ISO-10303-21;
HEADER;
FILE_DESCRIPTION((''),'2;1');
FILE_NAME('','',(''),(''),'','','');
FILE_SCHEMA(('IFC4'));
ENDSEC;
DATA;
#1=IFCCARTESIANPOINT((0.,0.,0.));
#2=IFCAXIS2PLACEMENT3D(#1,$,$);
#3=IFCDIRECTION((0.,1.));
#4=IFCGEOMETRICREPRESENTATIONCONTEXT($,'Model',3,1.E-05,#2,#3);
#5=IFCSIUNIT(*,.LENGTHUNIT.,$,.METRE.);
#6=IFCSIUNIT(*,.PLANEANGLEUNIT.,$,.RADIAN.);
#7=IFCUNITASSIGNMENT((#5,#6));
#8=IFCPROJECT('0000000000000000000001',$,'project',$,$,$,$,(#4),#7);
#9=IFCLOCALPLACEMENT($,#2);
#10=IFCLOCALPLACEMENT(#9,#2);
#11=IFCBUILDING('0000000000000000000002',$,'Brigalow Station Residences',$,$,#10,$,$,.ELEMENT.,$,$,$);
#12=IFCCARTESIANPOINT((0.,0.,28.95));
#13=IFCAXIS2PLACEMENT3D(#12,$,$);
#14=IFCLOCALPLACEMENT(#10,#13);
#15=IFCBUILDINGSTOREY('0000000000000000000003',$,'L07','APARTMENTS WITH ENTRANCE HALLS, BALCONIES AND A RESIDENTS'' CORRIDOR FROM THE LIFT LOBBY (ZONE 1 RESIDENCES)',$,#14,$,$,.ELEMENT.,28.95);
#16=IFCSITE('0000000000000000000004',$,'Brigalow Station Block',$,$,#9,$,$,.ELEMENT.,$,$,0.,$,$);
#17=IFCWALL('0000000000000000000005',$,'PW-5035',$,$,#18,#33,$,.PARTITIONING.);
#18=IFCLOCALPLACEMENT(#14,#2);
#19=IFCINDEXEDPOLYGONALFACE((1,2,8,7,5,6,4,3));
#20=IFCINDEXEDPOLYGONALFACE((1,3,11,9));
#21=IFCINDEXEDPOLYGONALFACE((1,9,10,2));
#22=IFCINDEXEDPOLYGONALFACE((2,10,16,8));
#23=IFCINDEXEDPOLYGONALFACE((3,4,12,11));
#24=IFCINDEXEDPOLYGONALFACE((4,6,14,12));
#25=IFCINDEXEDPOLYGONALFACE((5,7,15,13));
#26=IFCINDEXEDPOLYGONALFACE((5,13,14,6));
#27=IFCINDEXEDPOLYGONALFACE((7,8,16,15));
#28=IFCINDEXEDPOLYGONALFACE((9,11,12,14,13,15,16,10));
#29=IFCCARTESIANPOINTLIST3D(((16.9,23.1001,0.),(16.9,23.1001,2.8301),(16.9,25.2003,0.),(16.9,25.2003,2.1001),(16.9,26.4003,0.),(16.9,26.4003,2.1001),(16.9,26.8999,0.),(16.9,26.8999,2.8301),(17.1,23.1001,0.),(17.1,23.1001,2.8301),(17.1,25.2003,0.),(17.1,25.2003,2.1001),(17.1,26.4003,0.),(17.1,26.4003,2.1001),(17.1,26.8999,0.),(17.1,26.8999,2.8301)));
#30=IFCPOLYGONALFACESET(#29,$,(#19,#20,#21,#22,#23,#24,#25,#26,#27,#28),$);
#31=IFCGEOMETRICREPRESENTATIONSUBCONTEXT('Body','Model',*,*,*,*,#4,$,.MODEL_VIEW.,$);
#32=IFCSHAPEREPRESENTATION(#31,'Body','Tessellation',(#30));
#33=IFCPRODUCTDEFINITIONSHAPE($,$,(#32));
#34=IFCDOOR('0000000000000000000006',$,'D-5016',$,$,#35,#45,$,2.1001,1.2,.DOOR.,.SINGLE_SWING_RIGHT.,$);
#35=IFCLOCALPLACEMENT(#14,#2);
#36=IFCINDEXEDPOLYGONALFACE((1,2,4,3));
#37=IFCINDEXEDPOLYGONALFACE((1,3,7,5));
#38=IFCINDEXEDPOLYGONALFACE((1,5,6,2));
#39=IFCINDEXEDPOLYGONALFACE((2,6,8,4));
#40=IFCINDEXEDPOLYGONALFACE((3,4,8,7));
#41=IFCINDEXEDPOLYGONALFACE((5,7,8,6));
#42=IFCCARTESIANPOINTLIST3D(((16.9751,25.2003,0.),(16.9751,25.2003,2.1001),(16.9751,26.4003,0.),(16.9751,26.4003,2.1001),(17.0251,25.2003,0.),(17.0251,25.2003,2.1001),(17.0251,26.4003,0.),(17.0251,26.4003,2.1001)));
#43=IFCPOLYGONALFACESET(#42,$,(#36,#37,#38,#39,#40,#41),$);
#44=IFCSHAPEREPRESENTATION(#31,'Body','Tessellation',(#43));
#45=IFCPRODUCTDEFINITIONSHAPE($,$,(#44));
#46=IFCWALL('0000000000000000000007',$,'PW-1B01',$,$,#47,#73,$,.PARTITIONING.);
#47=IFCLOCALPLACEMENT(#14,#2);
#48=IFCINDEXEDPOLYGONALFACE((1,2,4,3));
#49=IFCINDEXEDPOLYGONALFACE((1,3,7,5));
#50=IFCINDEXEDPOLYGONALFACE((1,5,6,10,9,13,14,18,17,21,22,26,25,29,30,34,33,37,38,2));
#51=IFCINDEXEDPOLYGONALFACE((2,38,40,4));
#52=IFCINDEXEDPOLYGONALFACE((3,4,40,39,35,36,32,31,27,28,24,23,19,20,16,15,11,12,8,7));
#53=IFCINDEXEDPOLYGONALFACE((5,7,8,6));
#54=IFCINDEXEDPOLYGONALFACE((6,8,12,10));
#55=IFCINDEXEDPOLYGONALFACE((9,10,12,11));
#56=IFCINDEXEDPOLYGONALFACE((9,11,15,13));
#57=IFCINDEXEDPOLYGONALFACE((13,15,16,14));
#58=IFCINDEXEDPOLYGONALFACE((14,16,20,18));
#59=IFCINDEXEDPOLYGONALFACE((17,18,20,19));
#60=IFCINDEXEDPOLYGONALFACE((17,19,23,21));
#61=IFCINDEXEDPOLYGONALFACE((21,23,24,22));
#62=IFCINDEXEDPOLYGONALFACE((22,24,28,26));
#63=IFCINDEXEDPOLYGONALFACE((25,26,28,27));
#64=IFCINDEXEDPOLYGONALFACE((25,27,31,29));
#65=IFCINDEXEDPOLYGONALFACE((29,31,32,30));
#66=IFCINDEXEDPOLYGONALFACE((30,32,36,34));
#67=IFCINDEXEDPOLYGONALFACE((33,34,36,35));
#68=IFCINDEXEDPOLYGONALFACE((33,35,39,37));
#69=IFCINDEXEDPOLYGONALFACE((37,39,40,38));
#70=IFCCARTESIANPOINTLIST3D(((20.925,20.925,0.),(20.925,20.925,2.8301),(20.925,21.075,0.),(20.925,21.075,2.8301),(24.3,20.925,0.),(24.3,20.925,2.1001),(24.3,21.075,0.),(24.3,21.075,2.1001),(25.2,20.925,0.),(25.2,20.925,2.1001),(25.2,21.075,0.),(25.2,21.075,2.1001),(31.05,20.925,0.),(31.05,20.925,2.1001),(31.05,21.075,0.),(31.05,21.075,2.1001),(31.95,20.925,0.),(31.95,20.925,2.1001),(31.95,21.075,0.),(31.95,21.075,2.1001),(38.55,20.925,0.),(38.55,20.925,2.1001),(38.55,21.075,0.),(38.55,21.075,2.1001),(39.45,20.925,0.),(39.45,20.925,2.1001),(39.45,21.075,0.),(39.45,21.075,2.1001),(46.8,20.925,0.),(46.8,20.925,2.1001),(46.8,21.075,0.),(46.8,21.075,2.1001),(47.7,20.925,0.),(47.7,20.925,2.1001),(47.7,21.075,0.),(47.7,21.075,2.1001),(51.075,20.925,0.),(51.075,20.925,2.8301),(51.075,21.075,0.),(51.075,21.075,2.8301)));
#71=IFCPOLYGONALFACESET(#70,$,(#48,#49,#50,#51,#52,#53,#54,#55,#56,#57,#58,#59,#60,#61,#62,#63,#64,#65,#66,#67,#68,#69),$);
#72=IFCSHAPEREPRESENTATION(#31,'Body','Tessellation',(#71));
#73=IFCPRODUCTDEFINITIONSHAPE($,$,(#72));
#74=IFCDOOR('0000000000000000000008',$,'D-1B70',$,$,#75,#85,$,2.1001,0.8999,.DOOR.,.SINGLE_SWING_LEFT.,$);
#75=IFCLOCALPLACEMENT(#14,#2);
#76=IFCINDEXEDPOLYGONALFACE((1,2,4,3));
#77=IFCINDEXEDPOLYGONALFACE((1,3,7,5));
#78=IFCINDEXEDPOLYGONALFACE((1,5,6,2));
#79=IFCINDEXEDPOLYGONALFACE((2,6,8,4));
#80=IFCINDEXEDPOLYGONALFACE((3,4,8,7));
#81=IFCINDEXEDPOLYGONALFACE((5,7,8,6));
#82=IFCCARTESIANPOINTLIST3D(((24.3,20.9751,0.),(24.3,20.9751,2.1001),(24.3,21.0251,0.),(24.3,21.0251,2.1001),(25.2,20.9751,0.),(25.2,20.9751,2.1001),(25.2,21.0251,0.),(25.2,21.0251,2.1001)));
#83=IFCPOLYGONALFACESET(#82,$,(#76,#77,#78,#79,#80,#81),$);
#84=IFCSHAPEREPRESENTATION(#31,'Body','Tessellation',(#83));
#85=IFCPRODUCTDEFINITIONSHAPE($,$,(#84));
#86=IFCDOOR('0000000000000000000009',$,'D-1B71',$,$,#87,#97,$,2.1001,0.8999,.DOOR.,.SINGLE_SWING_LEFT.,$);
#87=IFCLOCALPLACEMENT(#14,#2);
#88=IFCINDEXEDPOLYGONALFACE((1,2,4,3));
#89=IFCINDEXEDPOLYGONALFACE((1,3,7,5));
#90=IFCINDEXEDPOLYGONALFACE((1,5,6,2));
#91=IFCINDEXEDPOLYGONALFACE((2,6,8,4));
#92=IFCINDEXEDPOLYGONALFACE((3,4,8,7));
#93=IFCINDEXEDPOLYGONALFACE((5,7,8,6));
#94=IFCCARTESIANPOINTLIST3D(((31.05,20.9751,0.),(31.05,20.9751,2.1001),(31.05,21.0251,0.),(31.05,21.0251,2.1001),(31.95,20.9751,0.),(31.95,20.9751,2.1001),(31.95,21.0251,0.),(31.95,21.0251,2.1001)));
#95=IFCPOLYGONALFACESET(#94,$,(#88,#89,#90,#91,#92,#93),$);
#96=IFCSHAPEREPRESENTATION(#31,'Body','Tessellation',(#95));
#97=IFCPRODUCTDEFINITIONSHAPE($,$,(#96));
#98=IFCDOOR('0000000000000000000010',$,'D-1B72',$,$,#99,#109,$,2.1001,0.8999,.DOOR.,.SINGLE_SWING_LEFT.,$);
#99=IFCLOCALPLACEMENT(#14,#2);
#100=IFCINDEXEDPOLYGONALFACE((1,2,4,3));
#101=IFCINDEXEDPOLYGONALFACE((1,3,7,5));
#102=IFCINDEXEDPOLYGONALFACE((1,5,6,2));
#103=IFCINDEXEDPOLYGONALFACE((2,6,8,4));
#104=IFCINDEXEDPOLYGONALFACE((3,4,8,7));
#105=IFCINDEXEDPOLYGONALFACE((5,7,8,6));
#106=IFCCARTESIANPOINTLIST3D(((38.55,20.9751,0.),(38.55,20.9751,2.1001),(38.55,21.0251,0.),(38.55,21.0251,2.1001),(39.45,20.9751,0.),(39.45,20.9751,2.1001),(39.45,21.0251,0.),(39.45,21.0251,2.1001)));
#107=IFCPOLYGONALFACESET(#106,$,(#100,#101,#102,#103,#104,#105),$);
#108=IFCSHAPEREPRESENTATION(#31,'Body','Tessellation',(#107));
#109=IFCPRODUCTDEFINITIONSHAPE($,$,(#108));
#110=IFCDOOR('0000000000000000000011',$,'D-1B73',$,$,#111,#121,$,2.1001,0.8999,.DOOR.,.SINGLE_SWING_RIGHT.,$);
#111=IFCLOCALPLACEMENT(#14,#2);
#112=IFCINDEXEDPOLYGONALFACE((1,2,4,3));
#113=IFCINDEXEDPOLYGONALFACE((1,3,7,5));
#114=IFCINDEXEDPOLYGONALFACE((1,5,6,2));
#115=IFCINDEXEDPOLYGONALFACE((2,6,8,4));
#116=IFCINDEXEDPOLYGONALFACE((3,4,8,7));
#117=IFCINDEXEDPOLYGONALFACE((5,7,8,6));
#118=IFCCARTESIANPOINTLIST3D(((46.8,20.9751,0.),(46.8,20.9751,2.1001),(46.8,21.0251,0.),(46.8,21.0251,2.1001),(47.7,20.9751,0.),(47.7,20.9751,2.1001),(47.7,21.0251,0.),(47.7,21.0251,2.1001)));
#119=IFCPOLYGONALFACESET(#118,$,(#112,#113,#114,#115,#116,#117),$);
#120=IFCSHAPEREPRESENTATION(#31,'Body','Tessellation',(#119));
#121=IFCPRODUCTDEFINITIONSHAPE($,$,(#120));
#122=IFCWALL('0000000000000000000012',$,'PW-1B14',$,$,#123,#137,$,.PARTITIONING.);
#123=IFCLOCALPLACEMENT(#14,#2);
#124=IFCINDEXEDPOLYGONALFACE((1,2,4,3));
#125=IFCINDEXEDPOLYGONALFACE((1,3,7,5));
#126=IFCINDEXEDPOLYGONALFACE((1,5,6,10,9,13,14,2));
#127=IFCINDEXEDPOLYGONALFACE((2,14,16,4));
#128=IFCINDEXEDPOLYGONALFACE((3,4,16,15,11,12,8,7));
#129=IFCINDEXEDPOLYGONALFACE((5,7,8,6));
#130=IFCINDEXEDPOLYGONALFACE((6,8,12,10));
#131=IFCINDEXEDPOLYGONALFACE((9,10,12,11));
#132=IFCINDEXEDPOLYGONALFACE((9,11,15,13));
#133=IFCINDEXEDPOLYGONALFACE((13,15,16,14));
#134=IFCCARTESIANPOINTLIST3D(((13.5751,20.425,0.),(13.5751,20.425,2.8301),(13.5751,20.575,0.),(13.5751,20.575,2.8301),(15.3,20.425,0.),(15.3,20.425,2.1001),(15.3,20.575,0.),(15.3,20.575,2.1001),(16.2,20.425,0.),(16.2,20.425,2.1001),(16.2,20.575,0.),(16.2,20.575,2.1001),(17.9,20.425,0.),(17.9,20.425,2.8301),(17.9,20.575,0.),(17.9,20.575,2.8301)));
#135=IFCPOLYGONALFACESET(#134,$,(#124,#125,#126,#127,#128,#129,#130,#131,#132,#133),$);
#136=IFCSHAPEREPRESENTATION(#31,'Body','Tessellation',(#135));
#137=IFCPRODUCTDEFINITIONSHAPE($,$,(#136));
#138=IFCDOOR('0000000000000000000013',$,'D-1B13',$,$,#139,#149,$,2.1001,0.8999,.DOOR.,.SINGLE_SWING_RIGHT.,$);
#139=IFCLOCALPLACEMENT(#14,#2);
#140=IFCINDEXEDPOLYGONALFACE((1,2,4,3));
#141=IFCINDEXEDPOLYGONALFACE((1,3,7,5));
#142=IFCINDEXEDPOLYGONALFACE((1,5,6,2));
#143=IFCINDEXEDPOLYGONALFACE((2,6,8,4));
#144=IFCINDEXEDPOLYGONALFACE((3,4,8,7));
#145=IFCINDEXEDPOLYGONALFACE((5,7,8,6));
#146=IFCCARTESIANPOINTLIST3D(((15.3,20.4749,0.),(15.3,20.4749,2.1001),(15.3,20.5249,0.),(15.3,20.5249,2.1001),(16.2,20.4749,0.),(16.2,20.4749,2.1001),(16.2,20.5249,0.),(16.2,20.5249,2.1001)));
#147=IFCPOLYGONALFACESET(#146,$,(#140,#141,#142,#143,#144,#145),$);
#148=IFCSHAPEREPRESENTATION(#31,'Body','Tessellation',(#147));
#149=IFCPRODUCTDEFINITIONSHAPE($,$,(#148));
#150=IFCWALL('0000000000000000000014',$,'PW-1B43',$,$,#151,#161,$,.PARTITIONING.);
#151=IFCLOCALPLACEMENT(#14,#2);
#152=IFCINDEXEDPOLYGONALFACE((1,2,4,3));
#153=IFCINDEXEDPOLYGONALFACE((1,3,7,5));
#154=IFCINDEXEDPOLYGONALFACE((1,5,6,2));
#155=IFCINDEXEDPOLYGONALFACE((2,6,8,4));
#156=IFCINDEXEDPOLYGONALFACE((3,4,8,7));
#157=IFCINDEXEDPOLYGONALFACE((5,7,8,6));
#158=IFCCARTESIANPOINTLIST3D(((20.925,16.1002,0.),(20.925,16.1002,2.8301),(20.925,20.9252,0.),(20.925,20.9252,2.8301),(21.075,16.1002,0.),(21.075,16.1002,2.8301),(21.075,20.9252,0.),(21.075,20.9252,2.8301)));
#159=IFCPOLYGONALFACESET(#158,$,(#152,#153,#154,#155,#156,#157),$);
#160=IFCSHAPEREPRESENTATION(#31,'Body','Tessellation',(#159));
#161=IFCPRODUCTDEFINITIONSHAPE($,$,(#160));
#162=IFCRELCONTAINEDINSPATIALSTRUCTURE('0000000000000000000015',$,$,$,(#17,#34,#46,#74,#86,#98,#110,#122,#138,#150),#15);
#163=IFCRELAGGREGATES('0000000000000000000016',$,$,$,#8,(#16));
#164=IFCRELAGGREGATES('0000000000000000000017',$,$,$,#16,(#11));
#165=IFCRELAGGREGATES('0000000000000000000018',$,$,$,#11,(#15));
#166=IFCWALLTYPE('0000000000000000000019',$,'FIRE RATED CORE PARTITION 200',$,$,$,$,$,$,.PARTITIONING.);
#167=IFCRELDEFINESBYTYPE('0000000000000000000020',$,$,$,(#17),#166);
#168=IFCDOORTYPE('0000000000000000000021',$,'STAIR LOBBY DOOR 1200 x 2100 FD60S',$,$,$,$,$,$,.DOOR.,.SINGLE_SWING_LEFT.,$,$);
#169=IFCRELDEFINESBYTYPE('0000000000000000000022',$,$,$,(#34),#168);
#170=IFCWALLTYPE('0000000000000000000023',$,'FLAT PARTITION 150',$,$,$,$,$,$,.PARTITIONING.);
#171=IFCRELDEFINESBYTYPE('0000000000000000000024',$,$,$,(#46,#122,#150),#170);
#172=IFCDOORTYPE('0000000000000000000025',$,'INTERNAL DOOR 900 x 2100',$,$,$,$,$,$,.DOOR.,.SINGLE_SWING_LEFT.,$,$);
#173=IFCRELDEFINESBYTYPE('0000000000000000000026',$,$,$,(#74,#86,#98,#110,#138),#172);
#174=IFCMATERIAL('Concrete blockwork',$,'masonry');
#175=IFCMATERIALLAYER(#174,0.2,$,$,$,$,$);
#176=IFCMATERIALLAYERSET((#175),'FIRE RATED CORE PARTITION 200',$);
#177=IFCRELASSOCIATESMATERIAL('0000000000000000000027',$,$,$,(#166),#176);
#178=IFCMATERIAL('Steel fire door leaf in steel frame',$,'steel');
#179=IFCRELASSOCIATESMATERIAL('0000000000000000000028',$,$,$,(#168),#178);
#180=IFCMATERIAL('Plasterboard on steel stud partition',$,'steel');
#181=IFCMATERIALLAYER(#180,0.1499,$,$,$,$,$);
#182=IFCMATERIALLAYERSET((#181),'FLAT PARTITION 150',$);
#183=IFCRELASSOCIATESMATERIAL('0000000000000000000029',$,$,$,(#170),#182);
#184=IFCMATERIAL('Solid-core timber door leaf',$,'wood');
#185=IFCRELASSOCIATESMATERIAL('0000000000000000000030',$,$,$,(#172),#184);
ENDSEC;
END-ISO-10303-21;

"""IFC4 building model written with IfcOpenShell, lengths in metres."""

from ifc_helpers import new_model, si_unit, direction, frame, frame_2d, origin, place, context, subcontext, project, spatial, rectangle, extrude, material, layer, layer_set, type_object, element, fill, save


model = new_model("IFC4")

# Units and contexts
model_context = context("Model", 3, precision=1e-05, world=origin(), true_north=direction((0.0, 1.0)))
body_context = subcontext(model_context, "Body", "Model", "MODEL_VIEW")
ifc_project = project(units=[si_unit("LENGTHUNIT", "METRE"), si_unit("PLANEANGLEUNIT", "RADIAN")], contexts=[model_context])

# Site, building, storey
site_placement = place(None, origin())
site = spatial("IfcSite", under=ifc_project, at=site_placement, Name="Brigalow Station Block", CompositionType="ELEMENT", RefElevation=0.0)
building_placement = place(site_placement, origin())
building = spatial("IfcBuilding", under=site, at=building_placement, Name="Brigalow Station Residences", CompositionType="ELEMENT")
storey_placement = place(building_placement, frame((0.0, 0.0, 28.95)))
storey = spatial("IfcBuildingStorey", under=building, at=storey_placement, Name="L07", Description="APARTMENTS WITH ENTRANCE HALLS, BALCONIES AND A RESIDENTS' CORRIDOR FROM THE LIFT LOBBY (ZONE 1 RESIDENCES)", CompositionType="ELEMENT", Elevation=28.95)

# Wall, opening, door
ifc_material_1 = material(Name="Concrete blockwork", Category="masonry")
ifc_layer_1 = layer(ifc_material_1, 0.2)
ifc_layer_set_1 = layer_set([ifc_layer_1], Name="FIRE RATED CORE PARTITION 200")
wall_type_1 = type_object("IfcWallType", Name="FIRE RATED CORE PARTITION 200", PredefinedType="PARTITIONING", material=ifc_layer_set_1)
wall_1_placement = place(storey_placement, frame((17.0, 23.1001, 0.0), z_axis=(0.0, 0.0, 1.0), x_axis=(0.0, 1.0, 0.0)))
wall_1 = element("IfcWall", 1, at=wall_1_placement, inside=storey, type_object=wall_type_1, Name="PW-5035", PredefinedType="PARTITIONING", context=body_context, shape_type="SweptSolid", body=[
    extrude(rectangle(XDim=3.7998, YDim=0.2, at=frame_2d((1.8999, 0.0))), origin(), (0.0, 0.0, 1.0), 2.8301),
])
opening_1_placement = place(wall_1_placement, frame((2.1001, 0.0, 0.0)))
opening_1 = element("IfcOpeningElement", 2, at=opening_1_placement, cuts=wall_1, PredefinedType="OPENING", context=body_context, shape_type="SweptSolid", body=[
    extrude(rectangle(XDim=1.2, YDim=2.1001, at=frame_2d((0.6001, 1.05))), frame((0.0, 0.1099, 0.0), z_axis=(0.0, -1.0, 0.0), x_axis=(1.0, 0.0, 0.0)), (0.0, 0.0, 1.0), 0.22),
])
ifc_material_2 = material(Name="Steel fire door leaf in steel frame", Category="steel")
door_type_1 = type_object("IfcDoorType", Name="STAIR LOBBY DOOR 1200 x 2100 FD60S", OperationType="SINGLE_SWING_LEFT", PredefinedType="DOOR", material=ifc_material_2)
door_1_placement = place(opening_1_placement, origin())
door_1 = element("IfcDoor", 3, at=door_1_placement, inside=storey, type_object=door_type_1, Name="D-5016", OperationType="SINGLE_SWING_RIGHT", OverallHeight=2.1001, OverallWidth=1.2, PredefinedType="DOOR", context=body_context, shape_type="SweptSolid", body=[
    extrude(rectangle(XDim=1.2, YDim=2.1001, at=frame_2d((0.6001, 1.05))), frame((0.0, 0.0249, 0.0), z_axis=(0.0, -1.0, 0.0), x_axis=(1.0, 0.0, 0.0)), (0.0, 0.0, 1.0), 0.05),
])
fill(opening_1, door_1)

# Wall, openings, doors
ifc_material_3 = material(Name="Plasterboard on steel stud partition", Category="steel")
ifc_layer_2 = layer(ifc_material_3, 0.1499)
ifc_layer_set_2 = layer_set([ifc_layer_2], Name="FLAT PARTITION 150")
wall_type_2 = type_object("IfcWallType", Name="FLAT PARTITION 150", PredefinedType="PARTITIONING", material=ifc_layer_set_2)
wall_2_placement = place(storey_placement, frame((20.925, 21.0, 0.0), z_axis=(0.0, 0.0, 1.0), x_axis=(1.0, 0.0, 0.0)))
wall_2 = element("IfcWall", 4, at=wall_2_placement, inside=storey, type_object=wall_type_2, Name="PW-1B01", PredefinedType="PARTITIONING", context=body_context, shape_type="SweptSolid", body=[
    extrude(rectangle(XDim=30.1499, YDim=0.1499, at=frame_2d((15.075, 0.0))), origin(), (0.0, 0.0, 1.0), 2.8301),
])
opening_2_placement = place(wall_2_placement, frame((3.375, 0.0, 0.0)))
opening_2 = element("IfcOpeningElement", 5, at=opening_2_placement, cuts=wall_2, PredefinedType="OPENING", context=body_context, shape_type="SweptSolid", body=[
    extrude(rectangle(XDim=0.8999, YDim=2.1001, at=frame_2d((0.45, 1.05))), frame((0.0, 0.085, 0.0), z_axis=(0.0, -1.0, 0.0), x_axis=(1.0, 0.0, 0.0)), (0.0, 0.0, 1.0), 0.1699),
])
opening_3_placement = place(wall_2_placement, frame((10.125, 0.0, 0.0)))
opening_3 = element("IfcOpeningElement", 6, at=opening_3_placement, cuts=wall_2, PredefinedType="OPENING", context=body_context, shape_type="SweptSolid", body=[
    extrude(rectangle(XDim=0.8999, YDim=2.1001, at=frame_2d((0.45, 1.05))), frame((0.0, 0.085, 0.0), z_axis=(0.0, -1.0, 0.0), x_axis=(1.0, 0.0, 0.0)), (0.0, 0.0, 1.0), 0.1699),
])
opening_4_placement = place(wall_2_placement, frame((17.625, 0.0, 0.0)))
opening_4 = element("IfcOpeningElement", 7, at=opening_4_placement, cuts=wall_2, PredefinedType="OPENING", context=body_context, shape_type="SweptSolid", body=[
    extrude(rectangle(XDim=0.8999, YDim=2.1001, at=frame_2d((0.45, 1.05))), frame((0.0, 0.085, 0.0), z_axis=(0.0, -1.0, 0.0), x_axis=(1.0, 0.0, 0.0)), (0.0, 0.0, 1.0), 0.1699),
])
opening_5_placement = place(wall_2_placement, frame((25.875, 0.0, 0.0)))
opening_5 = element("IfcOpeningElement", 8, at=opening_5_placement, cuts=wall_2, PredefinedType="OPENING", context=body_context, shape_type="SweptSolid", body=[
    extrude(rectangle(XDim=0.8999, YDim=2.1001, at=frame_2d((0.45, 1.05))), frame((0.0, 0.085, 0.0), z_axis=(0.0, -1.0, 0.0), x_axis=(1.0, 0.0, 0.0)), (0.0, 0.0, 1.0), 0.1699),
])
ifc_material_4 = material(Name="Solid-core timber door leaf", Category="wood")
door_type_2 = type_object("IfcDoorType", Name="INTERNAL DOOR 900 x 2100", OperationType="SINGLE_SWING_LEFT", PredefinedType="DOOR", material=ifc_material_4)
door_2_placement = place(opening_2_placement, frame((0.8999, 0.0, 0.0), z_axis=(0.0, 0.0, 1.0), x_axis=(-1.0, 0.0, 0.0)))
door_2 = element("IfcDoor", 9, at=door_2_placement, inside=storey, type_object=door_type_2, Name="D-1B70", OperationType="SINGLE_SWING_LEFT", OverallHeight=2.1001, OverallWidth=0.8999, PredefinedType="DOOR", context=body_context, shape_type="SweptSolid", body=[
    extrude(rectangle(XDim=0.8999, YDim=2.1001, at=frame_2d((0.45, 1.05))), frame((0.0, 0.0249, 0.0), z_axis=(0.0, -1.0, 0.0), x_axis=(1.0, 0.0, 0.0)), (0.0, 0.0, 1.0), 0.05),
])
fill(opening_2, door_2)
door_3_placement = place(opening_3_placement, frame((0.8999, 0.0, 0.0), z_axis=(0.0, 0.0, 1.0), x_axis=(-1.0, 0.0, 0.0)))
door_3 = element("IfcDoor", 10, at=door_3_placement, inside=storey, type_object=door_type_2, Name="D-1B71", OperationType="SINGLE_SWING_LEFT", OverallHeight=2.1001, OverallWidth=0.8999, PredefinedType="DOOR", context=body_context, shape_type="SweptSolid", body=[
    extrude(rectangle(XDim=0.8999, YDim=2.1001, at=frame_2d((0.45, 1.05))), frame((0.0, 0.0249, 0.0), z_axis=(0.0, -1.0, 0.0), x_axis=(1.0, 0.0, 0.0)), (0.0, 0.0, 1.0), 0.05),
])
fill(opening_3, door_3)
door_4_placement = place(opening_4_placement, frame((0.8999, 0.0, 0.0), z_axis=(0.0, 0.0, 1.0), x_axis=(-1.0, 0.0, 0.0)))
door_4 = element("IfcDoor", 11, at=door_4_placement, inside=storey, type_object=door_type_2, Name="D-1B72", OperationType="SINGLE_SWING_LEFT", OverallHeight=2.1001, OverallWidth=0.8999, PredefinedType="DOOR", context=body_context, shape_type="SweptSolid", body=[
    extrude(rectangle(XDim=0.8999, YDim=2.1001, at=frame_2d((0.45, 1.05))), frame((0.0, 0.0249, 0.0), z_axis=(0.0, -1.0, 0.0), x_axis=(1.0, 0.0, 0.0)), (0.0, 0.0, 1.0), 0.05),
])
fill(opening_4, door_4)
door_5_placement = place(opening_5_placement, frame((0.8999, 0.0, 0.0), z_axis=(0.0, 0.0, 1.0), x_axis=(-1.0, 0.0, 0.0)))
door_5 = element("IfcDoor", 12, at=door_5_placement, inside=storey, type_object=door_type_2, Name="D-1B73", OperationType="SINGLE_SWING_RIGHT", OverallHeight=2.1001, OverallWidth=0.8999, PredefinedType="DOOR", context=body_context, shape_type="SweptSolid", body=[
    extrude(rectangle(XDim=0.8999, YDim=2.1001, at=frame_2d((0.45, 1.05))), frame((0.0, 0.0249, 0.0), z_axis=(0.0, -1.0, 0.0), x_axis=(1.0, 0.0, 0.0)), (0.0, 0.0, 1.0), 0.05),
])
fill(opening_5, door_5)

# Wall, opening, door
wall_3_placement = place(storey_placement, frame((13.575, 20.5, 0.0), z_axis=(0.0, 0.0, 1.0), x_axis=(1.0, 0.0, 0.0)))
wall_3 = element("IfcWall", 13, at=wall_3_placement, inside=storey, type_object=wall_type_2, Name="PW-1B14", PredefinedType="PARTITIONING", context=body_context, shape_type="SweptSolid", body=[
    extrude(rectangle(XDim=4.325, YDim=0.1499, at=frame_2d((2.1626, 0.0))), origin(), (0.0, 0.0, 1.0), 2.8301),
])
opening_6_placement = place(wall_3_placement, frame((1.7251, 0.0, 0.0)))
opening_6 = element("IfcOpeningElement", 14, at=opening_6_placement, cuts=wall_3, PredefinedType="OPENING", context=body_context, shape_type="SweptSolid", body=[
    extrude(rectangle(XDim=0.8999, YDim=2.1001, at=frame_2d((0.45, 1.05))), frame((0.0, 0.085, 0.0), z_axis=(0.0, -1.0, 0.0), x_axis=(1.0, 0.0, 0.0)), (0.0, 0.0, 1.0), 0.1699),
])
door_6_placement = place(opening_6_placement, origin())
door_6 = element("IfcDoor", 15, at=door_6_placement, inside=storey, type_object=door_type_2, Name="D-1B13", OperationType="SINGLE_SWING_RIGHT", OverallHeight=2.1001, OverallWidth=0.8999, PredefinedType="DOOR", context=body_context, shape_type="SweptSolid", body=[
    extrude(rectangle(XDim=0.8999, YDim=2.1001, at=frame_2d((0.45, 1.05))), frame((0.0, 0.0249, 0.0), z_axis=(0.0, -1.0, 0.0), x_axis=(1.0, 0.0, 0.0)), (0.0, 0.0, 1.0), 0.05),
])
fill(opening_6, door_6)

# Wall
wall_4_placement = place(storey_placement, frame((21.0, 16.1001, 0.0), z_axis=(0.0, 0.0, 1.0), x_axis=(0.0, 1.0, 0.0)))
element("IfcWall", 16, at=wall_4_placement, inside=storey, type_object=wall_type_2, Name="PW-1B43", PredefinedType="PARTITIONING", context=body_context, shape_type="SweptSolid", body=[
    extrude(rectangle(XDim=4.825, YDim=0.1499, at=frame_2d((2.4126, 0.0))), origin(), (0.0, 0.0, 1.0), 2.8301),
])

save(model, "model.ifc")
